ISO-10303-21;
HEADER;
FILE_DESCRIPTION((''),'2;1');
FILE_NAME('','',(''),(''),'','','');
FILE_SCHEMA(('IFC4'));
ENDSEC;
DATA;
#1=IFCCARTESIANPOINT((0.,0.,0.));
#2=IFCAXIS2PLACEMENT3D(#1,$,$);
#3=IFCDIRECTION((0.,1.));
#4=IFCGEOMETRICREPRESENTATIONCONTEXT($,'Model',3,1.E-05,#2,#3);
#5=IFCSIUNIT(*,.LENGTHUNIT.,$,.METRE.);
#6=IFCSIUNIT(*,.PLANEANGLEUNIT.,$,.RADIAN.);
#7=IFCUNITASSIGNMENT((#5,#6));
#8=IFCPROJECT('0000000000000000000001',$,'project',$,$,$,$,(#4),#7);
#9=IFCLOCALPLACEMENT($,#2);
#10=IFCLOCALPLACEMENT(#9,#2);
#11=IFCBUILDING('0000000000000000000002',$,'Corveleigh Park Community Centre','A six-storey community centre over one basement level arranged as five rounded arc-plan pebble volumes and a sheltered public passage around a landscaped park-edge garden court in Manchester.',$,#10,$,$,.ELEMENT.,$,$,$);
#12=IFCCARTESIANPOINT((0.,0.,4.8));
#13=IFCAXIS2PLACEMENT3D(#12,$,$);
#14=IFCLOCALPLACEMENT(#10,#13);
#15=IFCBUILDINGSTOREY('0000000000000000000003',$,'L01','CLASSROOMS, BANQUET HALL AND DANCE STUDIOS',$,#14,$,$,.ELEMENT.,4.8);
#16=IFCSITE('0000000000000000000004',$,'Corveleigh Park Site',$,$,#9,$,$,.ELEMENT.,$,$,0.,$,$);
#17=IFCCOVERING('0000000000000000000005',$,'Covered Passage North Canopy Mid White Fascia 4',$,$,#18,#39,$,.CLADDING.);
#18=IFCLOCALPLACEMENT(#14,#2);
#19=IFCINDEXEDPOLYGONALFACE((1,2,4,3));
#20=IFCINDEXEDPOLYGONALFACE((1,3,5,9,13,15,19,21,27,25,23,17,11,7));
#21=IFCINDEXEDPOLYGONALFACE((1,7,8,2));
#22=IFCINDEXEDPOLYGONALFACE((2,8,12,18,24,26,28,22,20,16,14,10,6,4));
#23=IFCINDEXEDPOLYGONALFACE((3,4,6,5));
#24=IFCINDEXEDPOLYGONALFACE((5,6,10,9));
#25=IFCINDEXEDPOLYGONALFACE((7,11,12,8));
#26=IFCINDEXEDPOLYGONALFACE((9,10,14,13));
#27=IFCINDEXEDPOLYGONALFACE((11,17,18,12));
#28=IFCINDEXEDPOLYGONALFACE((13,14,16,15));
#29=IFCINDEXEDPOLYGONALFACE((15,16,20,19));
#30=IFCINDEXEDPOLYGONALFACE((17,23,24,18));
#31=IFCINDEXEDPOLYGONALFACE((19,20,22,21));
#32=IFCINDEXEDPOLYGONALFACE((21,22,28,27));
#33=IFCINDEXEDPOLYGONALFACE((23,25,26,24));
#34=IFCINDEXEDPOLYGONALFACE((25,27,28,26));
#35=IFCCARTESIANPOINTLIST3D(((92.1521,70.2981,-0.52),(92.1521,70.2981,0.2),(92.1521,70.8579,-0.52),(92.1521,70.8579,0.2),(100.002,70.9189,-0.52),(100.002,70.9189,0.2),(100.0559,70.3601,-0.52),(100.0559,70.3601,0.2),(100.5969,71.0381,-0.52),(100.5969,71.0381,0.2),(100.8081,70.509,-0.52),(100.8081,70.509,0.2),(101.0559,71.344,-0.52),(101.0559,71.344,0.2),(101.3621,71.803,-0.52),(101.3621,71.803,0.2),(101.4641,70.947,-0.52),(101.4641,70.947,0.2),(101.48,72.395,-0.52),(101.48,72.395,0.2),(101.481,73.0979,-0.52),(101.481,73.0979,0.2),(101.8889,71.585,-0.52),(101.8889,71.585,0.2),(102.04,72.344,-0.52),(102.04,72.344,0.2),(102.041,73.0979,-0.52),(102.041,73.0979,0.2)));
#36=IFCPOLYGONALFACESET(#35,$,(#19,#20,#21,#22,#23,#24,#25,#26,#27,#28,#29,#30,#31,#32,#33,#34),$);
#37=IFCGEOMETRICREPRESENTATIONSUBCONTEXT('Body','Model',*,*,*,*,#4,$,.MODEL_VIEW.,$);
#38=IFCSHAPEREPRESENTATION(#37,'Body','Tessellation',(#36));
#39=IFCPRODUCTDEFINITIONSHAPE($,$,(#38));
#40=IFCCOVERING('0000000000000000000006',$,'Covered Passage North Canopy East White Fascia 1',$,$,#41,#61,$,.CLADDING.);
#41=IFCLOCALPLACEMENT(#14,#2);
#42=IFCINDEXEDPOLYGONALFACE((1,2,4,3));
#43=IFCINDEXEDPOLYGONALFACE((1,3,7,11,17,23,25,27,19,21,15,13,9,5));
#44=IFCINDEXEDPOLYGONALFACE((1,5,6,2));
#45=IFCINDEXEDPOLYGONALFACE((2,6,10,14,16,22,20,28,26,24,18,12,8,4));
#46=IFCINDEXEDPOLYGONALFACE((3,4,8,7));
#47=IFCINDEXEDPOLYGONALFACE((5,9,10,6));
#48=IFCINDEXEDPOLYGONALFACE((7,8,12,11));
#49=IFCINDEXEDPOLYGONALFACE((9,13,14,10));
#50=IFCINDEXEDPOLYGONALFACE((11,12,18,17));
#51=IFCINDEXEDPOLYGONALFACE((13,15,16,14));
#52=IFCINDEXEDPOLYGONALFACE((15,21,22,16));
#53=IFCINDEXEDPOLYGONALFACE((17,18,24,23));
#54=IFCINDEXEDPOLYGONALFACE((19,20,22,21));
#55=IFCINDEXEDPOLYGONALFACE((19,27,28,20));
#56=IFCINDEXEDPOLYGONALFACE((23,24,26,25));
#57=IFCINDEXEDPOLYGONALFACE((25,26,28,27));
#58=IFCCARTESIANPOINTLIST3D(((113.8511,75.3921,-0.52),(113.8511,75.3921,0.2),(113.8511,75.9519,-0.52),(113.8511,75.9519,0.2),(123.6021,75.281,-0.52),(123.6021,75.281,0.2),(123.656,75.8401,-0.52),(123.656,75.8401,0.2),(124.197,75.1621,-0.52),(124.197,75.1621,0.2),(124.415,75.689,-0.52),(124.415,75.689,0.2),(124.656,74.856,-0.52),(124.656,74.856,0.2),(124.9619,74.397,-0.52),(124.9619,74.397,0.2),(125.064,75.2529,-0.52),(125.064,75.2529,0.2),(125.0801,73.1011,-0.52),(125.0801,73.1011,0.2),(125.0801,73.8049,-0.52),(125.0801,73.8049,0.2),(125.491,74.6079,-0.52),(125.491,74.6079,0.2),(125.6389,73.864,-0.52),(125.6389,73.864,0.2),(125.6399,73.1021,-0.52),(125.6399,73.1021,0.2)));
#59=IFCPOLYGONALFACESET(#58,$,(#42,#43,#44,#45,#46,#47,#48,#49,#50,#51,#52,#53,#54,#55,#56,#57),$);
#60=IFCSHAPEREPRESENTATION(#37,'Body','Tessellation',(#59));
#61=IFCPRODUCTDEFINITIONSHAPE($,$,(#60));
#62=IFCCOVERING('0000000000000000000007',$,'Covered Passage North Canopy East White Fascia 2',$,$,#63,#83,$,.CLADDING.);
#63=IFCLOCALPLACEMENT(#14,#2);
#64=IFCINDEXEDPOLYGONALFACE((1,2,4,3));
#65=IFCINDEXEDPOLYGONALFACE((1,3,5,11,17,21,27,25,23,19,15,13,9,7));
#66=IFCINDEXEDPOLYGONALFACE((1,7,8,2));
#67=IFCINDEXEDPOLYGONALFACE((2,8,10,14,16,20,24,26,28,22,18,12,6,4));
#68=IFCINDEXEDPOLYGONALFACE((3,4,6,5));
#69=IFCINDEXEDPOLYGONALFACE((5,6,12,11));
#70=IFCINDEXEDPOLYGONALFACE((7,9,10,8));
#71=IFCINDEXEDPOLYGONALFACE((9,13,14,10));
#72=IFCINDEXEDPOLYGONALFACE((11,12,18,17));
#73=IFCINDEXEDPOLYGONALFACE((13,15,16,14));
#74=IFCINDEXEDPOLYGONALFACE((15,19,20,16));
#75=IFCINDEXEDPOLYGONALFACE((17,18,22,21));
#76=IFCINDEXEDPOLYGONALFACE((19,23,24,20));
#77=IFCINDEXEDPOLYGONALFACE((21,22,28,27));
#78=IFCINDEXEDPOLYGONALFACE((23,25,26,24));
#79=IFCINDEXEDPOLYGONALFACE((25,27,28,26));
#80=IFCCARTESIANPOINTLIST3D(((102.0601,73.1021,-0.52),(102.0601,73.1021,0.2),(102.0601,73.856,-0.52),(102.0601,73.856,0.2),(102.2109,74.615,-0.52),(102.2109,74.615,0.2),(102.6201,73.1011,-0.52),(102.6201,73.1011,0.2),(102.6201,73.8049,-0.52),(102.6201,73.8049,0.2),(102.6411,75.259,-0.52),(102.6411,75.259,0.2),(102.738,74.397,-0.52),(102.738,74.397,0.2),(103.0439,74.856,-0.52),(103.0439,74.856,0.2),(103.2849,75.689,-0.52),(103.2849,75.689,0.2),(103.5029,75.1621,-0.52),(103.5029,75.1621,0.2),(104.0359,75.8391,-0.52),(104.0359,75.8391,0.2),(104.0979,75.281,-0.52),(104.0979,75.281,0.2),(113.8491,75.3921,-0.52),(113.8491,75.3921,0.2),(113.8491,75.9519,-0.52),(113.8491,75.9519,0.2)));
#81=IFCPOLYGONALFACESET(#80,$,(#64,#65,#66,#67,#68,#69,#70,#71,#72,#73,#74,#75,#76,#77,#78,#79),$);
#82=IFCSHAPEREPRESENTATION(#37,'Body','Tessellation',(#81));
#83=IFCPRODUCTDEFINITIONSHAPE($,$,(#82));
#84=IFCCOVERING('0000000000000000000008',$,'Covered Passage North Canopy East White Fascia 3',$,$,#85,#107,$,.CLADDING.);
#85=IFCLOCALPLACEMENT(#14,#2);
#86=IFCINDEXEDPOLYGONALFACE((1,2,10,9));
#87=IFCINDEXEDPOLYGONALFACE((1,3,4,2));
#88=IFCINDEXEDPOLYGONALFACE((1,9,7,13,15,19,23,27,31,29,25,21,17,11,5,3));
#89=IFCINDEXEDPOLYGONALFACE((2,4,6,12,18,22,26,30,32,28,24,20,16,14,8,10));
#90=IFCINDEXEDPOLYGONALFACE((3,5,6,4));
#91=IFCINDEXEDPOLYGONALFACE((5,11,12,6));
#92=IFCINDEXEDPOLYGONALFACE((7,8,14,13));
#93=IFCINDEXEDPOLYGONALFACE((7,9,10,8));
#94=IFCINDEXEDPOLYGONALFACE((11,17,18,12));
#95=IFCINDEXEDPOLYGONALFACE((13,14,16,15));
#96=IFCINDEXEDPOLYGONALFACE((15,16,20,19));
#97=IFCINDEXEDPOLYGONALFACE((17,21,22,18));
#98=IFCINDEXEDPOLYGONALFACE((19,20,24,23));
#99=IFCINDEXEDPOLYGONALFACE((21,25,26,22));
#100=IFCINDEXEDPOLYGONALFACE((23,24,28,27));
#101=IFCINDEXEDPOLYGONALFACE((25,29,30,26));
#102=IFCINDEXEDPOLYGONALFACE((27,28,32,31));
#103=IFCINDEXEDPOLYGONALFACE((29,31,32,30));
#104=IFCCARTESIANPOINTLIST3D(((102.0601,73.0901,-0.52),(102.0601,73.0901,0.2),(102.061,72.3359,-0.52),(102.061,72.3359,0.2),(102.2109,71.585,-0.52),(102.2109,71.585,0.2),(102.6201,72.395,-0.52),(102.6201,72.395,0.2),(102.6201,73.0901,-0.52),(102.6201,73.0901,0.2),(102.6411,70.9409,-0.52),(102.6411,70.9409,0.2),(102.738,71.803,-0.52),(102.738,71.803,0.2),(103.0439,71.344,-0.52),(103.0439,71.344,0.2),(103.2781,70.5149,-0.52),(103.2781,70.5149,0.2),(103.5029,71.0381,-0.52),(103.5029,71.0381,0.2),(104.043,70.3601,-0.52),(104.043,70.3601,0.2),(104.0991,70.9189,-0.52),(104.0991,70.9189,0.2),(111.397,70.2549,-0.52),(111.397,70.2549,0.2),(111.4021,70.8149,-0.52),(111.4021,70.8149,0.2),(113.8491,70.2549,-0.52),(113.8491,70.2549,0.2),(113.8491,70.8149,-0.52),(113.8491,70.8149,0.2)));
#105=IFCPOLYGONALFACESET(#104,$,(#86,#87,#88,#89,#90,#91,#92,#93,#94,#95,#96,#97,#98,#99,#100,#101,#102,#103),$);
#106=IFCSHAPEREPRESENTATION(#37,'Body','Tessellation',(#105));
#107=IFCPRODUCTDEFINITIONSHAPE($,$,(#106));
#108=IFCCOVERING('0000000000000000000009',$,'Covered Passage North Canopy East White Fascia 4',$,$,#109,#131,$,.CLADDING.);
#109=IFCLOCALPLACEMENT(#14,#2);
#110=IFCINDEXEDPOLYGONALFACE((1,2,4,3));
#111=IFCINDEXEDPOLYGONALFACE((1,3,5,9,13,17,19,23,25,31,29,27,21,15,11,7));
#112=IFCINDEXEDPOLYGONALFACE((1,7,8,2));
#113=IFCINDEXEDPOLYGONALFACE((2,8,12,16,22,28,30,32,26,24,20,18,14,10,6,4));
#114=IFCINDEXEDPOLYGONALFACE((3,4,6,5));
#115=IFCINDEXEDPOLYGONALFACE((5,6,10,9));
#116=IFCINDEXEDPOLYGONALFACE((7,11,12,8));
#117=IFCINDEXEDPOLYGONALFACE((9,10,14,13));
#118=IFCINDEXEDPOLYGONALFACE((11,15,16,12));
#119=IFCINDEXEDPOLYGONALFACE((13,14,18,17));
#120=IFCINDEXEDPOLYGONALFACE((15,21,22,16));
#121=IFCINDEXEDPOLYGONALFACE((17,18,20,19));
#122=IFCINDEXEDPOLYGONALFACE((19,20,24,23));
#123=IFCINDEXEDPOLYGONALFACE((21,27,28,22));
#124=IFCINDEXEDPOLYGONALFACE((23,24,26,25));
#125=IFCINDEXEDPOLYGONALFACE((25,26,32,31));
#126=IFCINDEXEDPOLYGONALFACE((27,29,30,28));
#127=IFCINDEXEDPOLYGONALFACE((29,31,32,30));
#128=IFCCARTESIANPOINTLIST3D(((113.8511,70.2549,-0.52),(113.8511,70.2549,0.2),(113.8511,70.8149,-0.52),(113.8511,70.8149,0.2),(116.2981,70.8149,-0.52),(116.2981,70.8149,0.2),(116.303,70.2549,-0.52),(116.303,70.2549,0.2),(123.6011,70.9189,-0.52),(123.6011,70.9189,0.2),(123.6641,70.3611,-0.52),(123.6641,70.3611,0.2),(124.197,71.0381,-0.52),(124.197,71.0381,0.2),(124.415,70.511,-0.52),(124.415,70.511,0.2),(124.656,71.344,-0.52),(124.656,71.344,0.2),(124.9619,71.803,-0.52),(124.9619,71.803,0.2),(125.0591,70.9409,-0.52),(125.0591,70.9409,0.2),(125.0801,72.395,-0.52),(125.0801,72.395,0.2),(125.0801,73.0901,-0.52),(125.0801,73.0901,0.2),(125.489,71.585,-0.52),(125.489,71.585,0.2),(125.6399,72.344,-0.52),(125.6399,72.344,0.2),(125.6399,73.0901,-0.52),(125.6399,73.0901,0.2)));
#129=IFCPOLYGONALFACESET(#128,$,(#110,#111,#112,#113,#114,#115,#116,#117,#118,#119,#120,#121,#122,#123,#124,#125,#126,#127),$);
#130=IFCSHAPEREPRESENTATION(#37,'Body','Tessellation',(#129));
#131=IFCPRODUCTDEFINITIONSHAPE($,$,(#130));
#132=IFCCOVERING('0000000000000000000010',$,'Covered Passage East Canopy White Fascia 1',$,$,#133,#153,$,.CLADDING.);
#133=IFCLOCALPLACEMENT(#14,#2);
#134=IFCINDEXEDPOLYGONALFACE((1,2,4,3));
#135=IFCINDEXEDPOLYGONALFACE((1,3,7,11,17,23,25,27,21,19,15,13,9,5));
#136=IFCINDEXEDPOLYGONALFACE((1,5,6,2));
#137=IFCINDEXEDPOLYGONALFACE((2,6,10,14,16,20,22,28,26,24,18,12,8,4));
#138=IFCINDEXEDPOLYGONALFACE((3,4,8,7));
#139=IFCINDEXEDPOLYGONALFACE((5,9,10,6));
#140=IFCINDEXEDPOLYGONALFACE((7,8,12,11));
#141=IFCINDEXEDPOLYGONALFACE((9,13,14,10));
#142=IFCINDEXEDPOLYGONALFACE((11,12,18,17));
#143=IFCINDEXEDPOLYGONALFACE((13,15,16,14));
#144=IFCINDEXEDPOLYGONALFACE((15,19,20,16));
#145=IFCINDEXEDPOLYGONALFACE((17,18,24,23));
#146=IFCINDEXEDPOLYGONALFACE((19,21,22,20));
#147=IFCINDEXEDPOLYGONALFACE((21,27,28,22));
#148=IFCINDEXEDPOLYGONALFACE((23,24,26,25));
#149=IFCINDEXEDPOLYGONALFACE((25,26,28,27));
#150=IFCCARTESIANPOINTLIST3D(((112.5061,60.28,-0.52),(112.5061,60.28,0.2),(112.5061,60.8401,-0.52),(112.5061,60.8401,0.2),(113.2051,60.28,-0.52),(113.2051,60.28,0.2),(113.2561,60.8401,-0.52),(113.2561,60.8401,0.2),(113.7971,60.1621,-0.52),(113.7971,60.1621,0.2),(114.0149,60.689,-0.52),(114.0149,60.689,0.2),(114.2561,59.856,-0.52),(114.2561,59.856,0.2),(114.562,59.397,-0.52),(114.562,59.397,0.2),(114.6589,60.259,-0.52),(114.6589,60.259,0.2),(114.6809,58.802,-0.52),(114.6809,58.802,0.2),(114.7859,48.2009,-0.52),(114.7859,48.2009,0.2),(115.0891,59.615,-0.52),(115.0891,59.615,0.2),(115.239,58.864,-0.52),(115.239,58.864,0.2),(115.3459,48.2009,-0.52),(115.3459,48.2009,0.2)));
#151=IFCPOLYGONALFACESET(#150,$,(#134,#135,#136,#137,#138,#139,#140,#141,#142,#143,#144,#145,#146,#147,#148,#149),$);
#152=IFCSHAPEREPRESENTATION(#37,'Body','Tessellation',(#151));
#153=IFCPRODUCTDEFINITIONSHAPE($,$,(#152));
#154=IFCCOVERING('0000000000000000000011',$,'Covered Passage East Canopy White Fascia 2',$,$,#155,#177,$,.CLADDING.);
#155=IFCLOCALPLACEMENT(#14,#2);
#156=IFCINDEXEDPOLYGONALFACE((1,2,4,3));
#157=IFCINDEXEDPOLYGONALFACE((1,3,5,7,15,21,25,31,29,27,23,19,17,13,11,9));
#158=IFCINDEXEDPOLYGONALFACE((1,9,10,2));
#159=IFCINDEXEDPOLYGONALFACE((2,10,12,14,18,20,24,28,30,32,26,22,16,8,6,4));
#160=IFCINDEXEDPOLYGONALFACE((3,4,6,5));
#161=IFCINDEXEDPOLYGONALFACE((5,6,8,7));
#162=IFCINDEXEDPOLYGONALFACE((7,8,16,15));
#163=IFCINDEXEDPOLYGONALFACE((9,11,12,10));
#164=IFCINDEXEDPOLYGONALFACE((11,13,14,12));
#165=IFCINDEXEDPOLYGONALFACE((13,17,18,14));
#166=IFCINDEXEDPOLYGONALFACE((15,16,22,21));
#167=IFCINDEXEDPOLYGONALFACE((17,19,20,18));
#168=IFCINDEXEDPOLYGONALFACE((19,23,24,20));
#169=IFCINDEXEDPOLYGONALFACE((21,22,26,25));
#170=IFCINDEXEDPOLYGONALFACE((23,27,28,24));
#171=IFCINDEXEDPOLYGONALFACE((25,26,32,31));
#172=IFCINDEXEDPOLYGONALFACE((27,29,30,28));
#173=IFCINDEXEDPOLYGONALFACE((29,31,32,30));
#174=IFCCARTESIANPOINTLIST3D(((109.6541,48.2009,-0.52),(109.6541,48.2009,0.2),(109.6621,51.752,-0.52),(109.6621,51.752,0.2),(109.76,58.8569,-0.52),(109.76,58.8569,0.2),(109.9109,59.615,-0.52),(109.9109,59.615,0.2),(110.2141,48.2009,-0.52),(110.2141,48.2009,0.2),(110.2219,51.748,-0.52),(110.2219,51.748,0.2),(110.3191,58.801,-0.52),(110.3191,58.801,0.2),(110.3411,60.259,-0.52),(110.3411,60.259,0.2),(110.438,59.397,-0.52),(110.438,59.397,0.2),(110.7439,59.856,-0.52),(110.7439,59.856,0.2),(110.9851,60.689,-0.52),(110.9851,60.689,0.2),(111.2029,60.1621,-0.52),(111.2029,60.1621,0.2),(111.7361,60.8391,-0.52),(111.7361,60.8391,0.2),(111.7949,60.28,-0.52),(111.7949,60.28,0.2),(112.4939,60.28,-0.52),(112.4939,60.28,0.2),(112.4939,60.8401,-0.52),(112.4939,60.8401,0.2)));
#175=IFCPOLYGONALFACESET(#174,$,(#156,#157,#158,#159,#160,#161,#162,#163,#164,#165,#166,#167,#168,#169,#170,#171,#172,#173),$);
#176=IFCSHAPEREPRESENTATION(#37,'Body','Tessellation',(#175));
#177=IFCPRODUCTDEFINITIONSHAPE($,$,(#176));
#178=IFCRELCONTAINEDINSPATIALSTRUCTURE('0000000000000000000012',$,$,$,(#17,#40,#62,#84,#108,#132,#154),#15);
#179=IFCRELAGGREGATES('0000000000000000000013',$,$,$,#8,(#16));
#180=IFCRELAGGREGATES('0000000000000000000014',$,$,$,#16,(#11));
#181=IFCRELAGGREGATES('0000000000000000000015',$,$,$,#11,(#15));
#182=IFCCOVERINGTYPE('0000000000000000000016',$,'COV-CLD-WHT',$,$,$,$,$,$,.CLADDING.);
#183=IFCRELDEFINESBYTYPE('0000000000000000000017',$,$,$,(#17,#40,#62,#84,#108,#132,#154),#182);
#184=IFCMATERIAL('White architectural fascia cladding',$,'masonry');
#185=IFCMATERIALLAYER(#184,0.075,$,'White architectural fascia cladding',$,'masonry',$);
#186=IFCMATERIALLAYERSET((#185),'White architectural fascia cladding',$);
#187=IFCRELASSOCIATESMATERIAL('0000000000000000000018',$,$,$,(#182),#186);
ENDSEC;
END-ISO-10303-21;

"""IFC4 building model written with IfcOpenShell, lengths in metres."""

from ifc_helpers import new_model, si_unit, direction, frame, origin, place, context, subcontext, project, spatial, polyline, outline, extrude, material, layer, layer_set, type_object, element, save


model = new_model("IFC4")

# Units and contexts
model_context = context("Model", 3, precision=1e-05, world=origin(), true_north=direction((0.0, 1.0)))
body_context = subcontext(model_context, "Body", "Model", "MODEL_VIEW")
ifc_project = project(units=[si_unit("LENGTHUNIT", "METRE"), si_unit("PLANEANGLEUNIT", "RADIAN")], contexts=[model_context])

# Site, building, storey
site_placement = place(None, origin())
site = spatial("IfcSite", under=ifc_project, at=site_placement, Name="Corveleigh Park Site", CompositionType="ELEMENT", RefElevation=0.0)
building_placement = place(site_placement, origin())
building = spatial("IfcBuilding", under=site, at=building_placement, Name="Corveleigh Park Community Centre", Description="A six-storey community centre over one basement level arranged as five rounded arc-plan pebble volumes and a sheltered public passage around a landscaped park-edge garden court in Manchester.", CompositionType="ELEMENT")
storey_placement = place(building_placement, frame((0.0, 0.0, 4.8)))
storey = spatial("IfcBuildingStorey", under=building, at=storey_placement, Name="L01", Description="CLASSROOMS, BANQUET HALL AND DANCE STUDIOS", CompositionType="ELEMENT", Elevation=4.8)

# Coverings
ifc_material = material(Name="White architectural fascia cladding", Category="masonry")
ifc_layer = layer(ifc_material, 0.075, Name="White architectural fascia cladding", Category="masonry")
ifc_layer_set = layer_set([ifc_layer], Name="White architectural fascia cladding")
covering_type = type_object("IfcCoveringType", Name="COV-CLD-WHT", PredefinedType="CLADDING", material=ifc_layer_set)
covering_1_placement = place(storey_placement, frame((0.0, 0.0, -0.52)))
element("IfcCovering", 1, at=covering_1_placement, inside=storey, type_object=covering_type, Name="Covered Passage North Canopy Mid White Fascia 4", PredefinedType="CLADDING", context=body_context, shape_type="SweptSolid", body=[
    extrude(outline(polyline([(102.04, 72.344), (101.8889, 71.585), (101.4641, 70.947), (100.8081, 70.509), (100.0559, 70.3601), (92.1521, 70.2981), (92.1521, 70.8579), (100.002, 70.9189), (100.5969, 71.0381), (101.0559, 71.344), (101.3621, 71.803), (101.48, 72.395), (101.481, 73.0979), (102.041, 73.0979), (102.04, 72.344)])), origin(), (0.0, 0.0, 1.0), 0.72),
])
covering_2_placement = place(storey_placement, frame((0.0, 0.0, -0.52)))
element("IfcCovering", 2, at=covering_2_placement, inside=storey, type_object=covering_type, Name="Covered Passage North Canopy East White Fascia 1", PredefinedType="CLADDING", context=body_context, shape_type="SweptSolid", body=[
    extrude(outline(polyline([(123.656, 75.8401), (124.415, 75.689), (125.064, 75.2529), (125.491, 74.6079), (125.6389, 73.864), (125.6399, 73.1021), (125.0801, 73.1011), (125.0801, 73.8049), (124.9619, 74.397), (124.656, 74.856), (124.197, 75.1621), (123.6021, 75.281), (113.8511, 75.3921), (113.8511, 75.9519), (123.656, 75.8401)])), origin(), (0.0, 0.0, 1.0), 0.72),
])
covering_3_placement = place(storey_placement, frame((0.0, 0.0, -0.52)))
element("IfcCovering", 3, at=covering_3_placement, inside=storey, type_object=covering_type, Name="Covered Passage North Canopy East White Fascia 2", PredefinedType="CLADDING", context=body_context, shape_type="SweptSolid", body=[
    extrude(outline(polyline([(102.0601, 73.856), (102.2109, 74.615), (102.6411, 75.259), (103.2849, 75.689), (104.0359, 75.8391), (113.8491, 75.9519), (113.8491, 75.3921), (104.0979, 75.281), (103.5029, 75.1621), (103.0439, 74.856), (102.738, 74.397), (102.6201, 73.8049), (102.6201, 73.1011), (102.0601, 73.1021), (102.0601, 73.856)])), origin(), (0.0, 0.0, 1.0), 0.72),
])
covering_4_placement = place(storey_placement, frame((0.0, 0.0, -0.52)))
element("IfcCovering", 4, at=covering_4_placement, inside=storey, type_object=covering_type, Name="Covered Passage North Canopy East White Fascia 3", PredefinedType="CLADDING", context=body_context, shape_type="SweptSolid", body=[
    extrude(outline(polyline([(103.2781, 70.5149), (102.6411, 70.9409), (102.2109, 71.585), (102.061, 72.3359), (102.0601, 73.0901), (102.6201, 73.0901), (102.6201, 72.395), (102.738, 71.803), (103.0439, 71.344), (103.5029, 71.0381), (104.0991, 70.9189), (111.4021, 70.8149), (113.8491, 70.8149), (113.8491, 70.2549), (111.397, 70.2549), (104.043, 70.3601), (103.2781, 70.5149)])), origin(), (0.0, 0.0, 1.0), 0.72),
])
covering_5_placement = place(storey_placement, frame((0.0, 0.0, -0.52)))
element("IfcCovering", 5, at=covering_5_placement, inside=storey, type_object=covering_type, Name="Covered Passage North Canopy East White Fascia 4", PredefinedType="CLADDING", context=body_context, shape_type="SweptSolid", body=[
    extrude(outline(polyline([(125.6399, 72.344), (125.489, 71.585), (125.0591, 70.9409), (124.415, 70.511), (123.6641, 70.3611), (116.303, 70.2549), (113.8511, 70.2549), (113.8511, 70.8149), (116.2981, 70.8149), (123.6011, 70.9189), (124.197, 71.0381), (124.656, 71.344), (124.9619, 71.803), (125.0801, 72.395), (125.0801, 73.0901), (125.6399, 73.0901), (125.6399, 72.344)])), origin(), (0.0, 0.0, 1.0), 0.72),
])
covering_6_placement = place(storey_placement, frame((0.0, 0.0, -0.52)))
element("IfcCovering", 6, at=covering_6_placement, inside=storey, type_object=covering_type, Name="Covered Passage East Canopy White Fascia 1", PredefinedType="CLADDING", context=body_context, shape_type="SweptSolid", body=[
    extrude(outline(polyline([(113.2561, 60.8401), (114.0149, 60.689), (114.6589, 60.259), (115.0891, 59.615), (115.239, 58.864), (115.3459, 48.2009), (114.7859, 48.2009), (114.6809, 58.802), (114.562, 59.397), (114.2561, 59.856), (113.7971, 60.1621), (113.2051, 60.28), (112.5061, 60.28), (112.5061, 60.8401), (113.2561, 60.8401)])), origin(), (0.0, 0.0, 1.0), 0.72),
])
covering_7_placement = place(storey_placement, frame((0.0, 0.0, -0.52)))
element("IfcCovering", 7, at=covering_7_placement, inside=storey, type_object=covering_type, Name="Covered Passage East Canopy White Fascia 2", PredefinedType="CLADDING", context=body_context, shape_type="SweptSolid", body=[
    extrude(outline(polyline([(109.6621, 51.752), (109.76, 58.8569), (109.9109, 59.615), (110.3411, 60.259), (110.9851, 60.689), (111.7361, 60.8391), (112.4939, 60.8401), (112.4939, 60.28), (111.7949, 60.28), (111.2029, 60.1621), (110.7439, 59.856), (110.438, 59.397), (110.3191, 58.801), (110.2219, 51.748), (110.2141, 48.2009), (109.6541, 48.2009), (109.6621, 51.752)])), origin(), (0.0, 0.0, 1.0), 0.72),
])

save(model, "model.ifc")
